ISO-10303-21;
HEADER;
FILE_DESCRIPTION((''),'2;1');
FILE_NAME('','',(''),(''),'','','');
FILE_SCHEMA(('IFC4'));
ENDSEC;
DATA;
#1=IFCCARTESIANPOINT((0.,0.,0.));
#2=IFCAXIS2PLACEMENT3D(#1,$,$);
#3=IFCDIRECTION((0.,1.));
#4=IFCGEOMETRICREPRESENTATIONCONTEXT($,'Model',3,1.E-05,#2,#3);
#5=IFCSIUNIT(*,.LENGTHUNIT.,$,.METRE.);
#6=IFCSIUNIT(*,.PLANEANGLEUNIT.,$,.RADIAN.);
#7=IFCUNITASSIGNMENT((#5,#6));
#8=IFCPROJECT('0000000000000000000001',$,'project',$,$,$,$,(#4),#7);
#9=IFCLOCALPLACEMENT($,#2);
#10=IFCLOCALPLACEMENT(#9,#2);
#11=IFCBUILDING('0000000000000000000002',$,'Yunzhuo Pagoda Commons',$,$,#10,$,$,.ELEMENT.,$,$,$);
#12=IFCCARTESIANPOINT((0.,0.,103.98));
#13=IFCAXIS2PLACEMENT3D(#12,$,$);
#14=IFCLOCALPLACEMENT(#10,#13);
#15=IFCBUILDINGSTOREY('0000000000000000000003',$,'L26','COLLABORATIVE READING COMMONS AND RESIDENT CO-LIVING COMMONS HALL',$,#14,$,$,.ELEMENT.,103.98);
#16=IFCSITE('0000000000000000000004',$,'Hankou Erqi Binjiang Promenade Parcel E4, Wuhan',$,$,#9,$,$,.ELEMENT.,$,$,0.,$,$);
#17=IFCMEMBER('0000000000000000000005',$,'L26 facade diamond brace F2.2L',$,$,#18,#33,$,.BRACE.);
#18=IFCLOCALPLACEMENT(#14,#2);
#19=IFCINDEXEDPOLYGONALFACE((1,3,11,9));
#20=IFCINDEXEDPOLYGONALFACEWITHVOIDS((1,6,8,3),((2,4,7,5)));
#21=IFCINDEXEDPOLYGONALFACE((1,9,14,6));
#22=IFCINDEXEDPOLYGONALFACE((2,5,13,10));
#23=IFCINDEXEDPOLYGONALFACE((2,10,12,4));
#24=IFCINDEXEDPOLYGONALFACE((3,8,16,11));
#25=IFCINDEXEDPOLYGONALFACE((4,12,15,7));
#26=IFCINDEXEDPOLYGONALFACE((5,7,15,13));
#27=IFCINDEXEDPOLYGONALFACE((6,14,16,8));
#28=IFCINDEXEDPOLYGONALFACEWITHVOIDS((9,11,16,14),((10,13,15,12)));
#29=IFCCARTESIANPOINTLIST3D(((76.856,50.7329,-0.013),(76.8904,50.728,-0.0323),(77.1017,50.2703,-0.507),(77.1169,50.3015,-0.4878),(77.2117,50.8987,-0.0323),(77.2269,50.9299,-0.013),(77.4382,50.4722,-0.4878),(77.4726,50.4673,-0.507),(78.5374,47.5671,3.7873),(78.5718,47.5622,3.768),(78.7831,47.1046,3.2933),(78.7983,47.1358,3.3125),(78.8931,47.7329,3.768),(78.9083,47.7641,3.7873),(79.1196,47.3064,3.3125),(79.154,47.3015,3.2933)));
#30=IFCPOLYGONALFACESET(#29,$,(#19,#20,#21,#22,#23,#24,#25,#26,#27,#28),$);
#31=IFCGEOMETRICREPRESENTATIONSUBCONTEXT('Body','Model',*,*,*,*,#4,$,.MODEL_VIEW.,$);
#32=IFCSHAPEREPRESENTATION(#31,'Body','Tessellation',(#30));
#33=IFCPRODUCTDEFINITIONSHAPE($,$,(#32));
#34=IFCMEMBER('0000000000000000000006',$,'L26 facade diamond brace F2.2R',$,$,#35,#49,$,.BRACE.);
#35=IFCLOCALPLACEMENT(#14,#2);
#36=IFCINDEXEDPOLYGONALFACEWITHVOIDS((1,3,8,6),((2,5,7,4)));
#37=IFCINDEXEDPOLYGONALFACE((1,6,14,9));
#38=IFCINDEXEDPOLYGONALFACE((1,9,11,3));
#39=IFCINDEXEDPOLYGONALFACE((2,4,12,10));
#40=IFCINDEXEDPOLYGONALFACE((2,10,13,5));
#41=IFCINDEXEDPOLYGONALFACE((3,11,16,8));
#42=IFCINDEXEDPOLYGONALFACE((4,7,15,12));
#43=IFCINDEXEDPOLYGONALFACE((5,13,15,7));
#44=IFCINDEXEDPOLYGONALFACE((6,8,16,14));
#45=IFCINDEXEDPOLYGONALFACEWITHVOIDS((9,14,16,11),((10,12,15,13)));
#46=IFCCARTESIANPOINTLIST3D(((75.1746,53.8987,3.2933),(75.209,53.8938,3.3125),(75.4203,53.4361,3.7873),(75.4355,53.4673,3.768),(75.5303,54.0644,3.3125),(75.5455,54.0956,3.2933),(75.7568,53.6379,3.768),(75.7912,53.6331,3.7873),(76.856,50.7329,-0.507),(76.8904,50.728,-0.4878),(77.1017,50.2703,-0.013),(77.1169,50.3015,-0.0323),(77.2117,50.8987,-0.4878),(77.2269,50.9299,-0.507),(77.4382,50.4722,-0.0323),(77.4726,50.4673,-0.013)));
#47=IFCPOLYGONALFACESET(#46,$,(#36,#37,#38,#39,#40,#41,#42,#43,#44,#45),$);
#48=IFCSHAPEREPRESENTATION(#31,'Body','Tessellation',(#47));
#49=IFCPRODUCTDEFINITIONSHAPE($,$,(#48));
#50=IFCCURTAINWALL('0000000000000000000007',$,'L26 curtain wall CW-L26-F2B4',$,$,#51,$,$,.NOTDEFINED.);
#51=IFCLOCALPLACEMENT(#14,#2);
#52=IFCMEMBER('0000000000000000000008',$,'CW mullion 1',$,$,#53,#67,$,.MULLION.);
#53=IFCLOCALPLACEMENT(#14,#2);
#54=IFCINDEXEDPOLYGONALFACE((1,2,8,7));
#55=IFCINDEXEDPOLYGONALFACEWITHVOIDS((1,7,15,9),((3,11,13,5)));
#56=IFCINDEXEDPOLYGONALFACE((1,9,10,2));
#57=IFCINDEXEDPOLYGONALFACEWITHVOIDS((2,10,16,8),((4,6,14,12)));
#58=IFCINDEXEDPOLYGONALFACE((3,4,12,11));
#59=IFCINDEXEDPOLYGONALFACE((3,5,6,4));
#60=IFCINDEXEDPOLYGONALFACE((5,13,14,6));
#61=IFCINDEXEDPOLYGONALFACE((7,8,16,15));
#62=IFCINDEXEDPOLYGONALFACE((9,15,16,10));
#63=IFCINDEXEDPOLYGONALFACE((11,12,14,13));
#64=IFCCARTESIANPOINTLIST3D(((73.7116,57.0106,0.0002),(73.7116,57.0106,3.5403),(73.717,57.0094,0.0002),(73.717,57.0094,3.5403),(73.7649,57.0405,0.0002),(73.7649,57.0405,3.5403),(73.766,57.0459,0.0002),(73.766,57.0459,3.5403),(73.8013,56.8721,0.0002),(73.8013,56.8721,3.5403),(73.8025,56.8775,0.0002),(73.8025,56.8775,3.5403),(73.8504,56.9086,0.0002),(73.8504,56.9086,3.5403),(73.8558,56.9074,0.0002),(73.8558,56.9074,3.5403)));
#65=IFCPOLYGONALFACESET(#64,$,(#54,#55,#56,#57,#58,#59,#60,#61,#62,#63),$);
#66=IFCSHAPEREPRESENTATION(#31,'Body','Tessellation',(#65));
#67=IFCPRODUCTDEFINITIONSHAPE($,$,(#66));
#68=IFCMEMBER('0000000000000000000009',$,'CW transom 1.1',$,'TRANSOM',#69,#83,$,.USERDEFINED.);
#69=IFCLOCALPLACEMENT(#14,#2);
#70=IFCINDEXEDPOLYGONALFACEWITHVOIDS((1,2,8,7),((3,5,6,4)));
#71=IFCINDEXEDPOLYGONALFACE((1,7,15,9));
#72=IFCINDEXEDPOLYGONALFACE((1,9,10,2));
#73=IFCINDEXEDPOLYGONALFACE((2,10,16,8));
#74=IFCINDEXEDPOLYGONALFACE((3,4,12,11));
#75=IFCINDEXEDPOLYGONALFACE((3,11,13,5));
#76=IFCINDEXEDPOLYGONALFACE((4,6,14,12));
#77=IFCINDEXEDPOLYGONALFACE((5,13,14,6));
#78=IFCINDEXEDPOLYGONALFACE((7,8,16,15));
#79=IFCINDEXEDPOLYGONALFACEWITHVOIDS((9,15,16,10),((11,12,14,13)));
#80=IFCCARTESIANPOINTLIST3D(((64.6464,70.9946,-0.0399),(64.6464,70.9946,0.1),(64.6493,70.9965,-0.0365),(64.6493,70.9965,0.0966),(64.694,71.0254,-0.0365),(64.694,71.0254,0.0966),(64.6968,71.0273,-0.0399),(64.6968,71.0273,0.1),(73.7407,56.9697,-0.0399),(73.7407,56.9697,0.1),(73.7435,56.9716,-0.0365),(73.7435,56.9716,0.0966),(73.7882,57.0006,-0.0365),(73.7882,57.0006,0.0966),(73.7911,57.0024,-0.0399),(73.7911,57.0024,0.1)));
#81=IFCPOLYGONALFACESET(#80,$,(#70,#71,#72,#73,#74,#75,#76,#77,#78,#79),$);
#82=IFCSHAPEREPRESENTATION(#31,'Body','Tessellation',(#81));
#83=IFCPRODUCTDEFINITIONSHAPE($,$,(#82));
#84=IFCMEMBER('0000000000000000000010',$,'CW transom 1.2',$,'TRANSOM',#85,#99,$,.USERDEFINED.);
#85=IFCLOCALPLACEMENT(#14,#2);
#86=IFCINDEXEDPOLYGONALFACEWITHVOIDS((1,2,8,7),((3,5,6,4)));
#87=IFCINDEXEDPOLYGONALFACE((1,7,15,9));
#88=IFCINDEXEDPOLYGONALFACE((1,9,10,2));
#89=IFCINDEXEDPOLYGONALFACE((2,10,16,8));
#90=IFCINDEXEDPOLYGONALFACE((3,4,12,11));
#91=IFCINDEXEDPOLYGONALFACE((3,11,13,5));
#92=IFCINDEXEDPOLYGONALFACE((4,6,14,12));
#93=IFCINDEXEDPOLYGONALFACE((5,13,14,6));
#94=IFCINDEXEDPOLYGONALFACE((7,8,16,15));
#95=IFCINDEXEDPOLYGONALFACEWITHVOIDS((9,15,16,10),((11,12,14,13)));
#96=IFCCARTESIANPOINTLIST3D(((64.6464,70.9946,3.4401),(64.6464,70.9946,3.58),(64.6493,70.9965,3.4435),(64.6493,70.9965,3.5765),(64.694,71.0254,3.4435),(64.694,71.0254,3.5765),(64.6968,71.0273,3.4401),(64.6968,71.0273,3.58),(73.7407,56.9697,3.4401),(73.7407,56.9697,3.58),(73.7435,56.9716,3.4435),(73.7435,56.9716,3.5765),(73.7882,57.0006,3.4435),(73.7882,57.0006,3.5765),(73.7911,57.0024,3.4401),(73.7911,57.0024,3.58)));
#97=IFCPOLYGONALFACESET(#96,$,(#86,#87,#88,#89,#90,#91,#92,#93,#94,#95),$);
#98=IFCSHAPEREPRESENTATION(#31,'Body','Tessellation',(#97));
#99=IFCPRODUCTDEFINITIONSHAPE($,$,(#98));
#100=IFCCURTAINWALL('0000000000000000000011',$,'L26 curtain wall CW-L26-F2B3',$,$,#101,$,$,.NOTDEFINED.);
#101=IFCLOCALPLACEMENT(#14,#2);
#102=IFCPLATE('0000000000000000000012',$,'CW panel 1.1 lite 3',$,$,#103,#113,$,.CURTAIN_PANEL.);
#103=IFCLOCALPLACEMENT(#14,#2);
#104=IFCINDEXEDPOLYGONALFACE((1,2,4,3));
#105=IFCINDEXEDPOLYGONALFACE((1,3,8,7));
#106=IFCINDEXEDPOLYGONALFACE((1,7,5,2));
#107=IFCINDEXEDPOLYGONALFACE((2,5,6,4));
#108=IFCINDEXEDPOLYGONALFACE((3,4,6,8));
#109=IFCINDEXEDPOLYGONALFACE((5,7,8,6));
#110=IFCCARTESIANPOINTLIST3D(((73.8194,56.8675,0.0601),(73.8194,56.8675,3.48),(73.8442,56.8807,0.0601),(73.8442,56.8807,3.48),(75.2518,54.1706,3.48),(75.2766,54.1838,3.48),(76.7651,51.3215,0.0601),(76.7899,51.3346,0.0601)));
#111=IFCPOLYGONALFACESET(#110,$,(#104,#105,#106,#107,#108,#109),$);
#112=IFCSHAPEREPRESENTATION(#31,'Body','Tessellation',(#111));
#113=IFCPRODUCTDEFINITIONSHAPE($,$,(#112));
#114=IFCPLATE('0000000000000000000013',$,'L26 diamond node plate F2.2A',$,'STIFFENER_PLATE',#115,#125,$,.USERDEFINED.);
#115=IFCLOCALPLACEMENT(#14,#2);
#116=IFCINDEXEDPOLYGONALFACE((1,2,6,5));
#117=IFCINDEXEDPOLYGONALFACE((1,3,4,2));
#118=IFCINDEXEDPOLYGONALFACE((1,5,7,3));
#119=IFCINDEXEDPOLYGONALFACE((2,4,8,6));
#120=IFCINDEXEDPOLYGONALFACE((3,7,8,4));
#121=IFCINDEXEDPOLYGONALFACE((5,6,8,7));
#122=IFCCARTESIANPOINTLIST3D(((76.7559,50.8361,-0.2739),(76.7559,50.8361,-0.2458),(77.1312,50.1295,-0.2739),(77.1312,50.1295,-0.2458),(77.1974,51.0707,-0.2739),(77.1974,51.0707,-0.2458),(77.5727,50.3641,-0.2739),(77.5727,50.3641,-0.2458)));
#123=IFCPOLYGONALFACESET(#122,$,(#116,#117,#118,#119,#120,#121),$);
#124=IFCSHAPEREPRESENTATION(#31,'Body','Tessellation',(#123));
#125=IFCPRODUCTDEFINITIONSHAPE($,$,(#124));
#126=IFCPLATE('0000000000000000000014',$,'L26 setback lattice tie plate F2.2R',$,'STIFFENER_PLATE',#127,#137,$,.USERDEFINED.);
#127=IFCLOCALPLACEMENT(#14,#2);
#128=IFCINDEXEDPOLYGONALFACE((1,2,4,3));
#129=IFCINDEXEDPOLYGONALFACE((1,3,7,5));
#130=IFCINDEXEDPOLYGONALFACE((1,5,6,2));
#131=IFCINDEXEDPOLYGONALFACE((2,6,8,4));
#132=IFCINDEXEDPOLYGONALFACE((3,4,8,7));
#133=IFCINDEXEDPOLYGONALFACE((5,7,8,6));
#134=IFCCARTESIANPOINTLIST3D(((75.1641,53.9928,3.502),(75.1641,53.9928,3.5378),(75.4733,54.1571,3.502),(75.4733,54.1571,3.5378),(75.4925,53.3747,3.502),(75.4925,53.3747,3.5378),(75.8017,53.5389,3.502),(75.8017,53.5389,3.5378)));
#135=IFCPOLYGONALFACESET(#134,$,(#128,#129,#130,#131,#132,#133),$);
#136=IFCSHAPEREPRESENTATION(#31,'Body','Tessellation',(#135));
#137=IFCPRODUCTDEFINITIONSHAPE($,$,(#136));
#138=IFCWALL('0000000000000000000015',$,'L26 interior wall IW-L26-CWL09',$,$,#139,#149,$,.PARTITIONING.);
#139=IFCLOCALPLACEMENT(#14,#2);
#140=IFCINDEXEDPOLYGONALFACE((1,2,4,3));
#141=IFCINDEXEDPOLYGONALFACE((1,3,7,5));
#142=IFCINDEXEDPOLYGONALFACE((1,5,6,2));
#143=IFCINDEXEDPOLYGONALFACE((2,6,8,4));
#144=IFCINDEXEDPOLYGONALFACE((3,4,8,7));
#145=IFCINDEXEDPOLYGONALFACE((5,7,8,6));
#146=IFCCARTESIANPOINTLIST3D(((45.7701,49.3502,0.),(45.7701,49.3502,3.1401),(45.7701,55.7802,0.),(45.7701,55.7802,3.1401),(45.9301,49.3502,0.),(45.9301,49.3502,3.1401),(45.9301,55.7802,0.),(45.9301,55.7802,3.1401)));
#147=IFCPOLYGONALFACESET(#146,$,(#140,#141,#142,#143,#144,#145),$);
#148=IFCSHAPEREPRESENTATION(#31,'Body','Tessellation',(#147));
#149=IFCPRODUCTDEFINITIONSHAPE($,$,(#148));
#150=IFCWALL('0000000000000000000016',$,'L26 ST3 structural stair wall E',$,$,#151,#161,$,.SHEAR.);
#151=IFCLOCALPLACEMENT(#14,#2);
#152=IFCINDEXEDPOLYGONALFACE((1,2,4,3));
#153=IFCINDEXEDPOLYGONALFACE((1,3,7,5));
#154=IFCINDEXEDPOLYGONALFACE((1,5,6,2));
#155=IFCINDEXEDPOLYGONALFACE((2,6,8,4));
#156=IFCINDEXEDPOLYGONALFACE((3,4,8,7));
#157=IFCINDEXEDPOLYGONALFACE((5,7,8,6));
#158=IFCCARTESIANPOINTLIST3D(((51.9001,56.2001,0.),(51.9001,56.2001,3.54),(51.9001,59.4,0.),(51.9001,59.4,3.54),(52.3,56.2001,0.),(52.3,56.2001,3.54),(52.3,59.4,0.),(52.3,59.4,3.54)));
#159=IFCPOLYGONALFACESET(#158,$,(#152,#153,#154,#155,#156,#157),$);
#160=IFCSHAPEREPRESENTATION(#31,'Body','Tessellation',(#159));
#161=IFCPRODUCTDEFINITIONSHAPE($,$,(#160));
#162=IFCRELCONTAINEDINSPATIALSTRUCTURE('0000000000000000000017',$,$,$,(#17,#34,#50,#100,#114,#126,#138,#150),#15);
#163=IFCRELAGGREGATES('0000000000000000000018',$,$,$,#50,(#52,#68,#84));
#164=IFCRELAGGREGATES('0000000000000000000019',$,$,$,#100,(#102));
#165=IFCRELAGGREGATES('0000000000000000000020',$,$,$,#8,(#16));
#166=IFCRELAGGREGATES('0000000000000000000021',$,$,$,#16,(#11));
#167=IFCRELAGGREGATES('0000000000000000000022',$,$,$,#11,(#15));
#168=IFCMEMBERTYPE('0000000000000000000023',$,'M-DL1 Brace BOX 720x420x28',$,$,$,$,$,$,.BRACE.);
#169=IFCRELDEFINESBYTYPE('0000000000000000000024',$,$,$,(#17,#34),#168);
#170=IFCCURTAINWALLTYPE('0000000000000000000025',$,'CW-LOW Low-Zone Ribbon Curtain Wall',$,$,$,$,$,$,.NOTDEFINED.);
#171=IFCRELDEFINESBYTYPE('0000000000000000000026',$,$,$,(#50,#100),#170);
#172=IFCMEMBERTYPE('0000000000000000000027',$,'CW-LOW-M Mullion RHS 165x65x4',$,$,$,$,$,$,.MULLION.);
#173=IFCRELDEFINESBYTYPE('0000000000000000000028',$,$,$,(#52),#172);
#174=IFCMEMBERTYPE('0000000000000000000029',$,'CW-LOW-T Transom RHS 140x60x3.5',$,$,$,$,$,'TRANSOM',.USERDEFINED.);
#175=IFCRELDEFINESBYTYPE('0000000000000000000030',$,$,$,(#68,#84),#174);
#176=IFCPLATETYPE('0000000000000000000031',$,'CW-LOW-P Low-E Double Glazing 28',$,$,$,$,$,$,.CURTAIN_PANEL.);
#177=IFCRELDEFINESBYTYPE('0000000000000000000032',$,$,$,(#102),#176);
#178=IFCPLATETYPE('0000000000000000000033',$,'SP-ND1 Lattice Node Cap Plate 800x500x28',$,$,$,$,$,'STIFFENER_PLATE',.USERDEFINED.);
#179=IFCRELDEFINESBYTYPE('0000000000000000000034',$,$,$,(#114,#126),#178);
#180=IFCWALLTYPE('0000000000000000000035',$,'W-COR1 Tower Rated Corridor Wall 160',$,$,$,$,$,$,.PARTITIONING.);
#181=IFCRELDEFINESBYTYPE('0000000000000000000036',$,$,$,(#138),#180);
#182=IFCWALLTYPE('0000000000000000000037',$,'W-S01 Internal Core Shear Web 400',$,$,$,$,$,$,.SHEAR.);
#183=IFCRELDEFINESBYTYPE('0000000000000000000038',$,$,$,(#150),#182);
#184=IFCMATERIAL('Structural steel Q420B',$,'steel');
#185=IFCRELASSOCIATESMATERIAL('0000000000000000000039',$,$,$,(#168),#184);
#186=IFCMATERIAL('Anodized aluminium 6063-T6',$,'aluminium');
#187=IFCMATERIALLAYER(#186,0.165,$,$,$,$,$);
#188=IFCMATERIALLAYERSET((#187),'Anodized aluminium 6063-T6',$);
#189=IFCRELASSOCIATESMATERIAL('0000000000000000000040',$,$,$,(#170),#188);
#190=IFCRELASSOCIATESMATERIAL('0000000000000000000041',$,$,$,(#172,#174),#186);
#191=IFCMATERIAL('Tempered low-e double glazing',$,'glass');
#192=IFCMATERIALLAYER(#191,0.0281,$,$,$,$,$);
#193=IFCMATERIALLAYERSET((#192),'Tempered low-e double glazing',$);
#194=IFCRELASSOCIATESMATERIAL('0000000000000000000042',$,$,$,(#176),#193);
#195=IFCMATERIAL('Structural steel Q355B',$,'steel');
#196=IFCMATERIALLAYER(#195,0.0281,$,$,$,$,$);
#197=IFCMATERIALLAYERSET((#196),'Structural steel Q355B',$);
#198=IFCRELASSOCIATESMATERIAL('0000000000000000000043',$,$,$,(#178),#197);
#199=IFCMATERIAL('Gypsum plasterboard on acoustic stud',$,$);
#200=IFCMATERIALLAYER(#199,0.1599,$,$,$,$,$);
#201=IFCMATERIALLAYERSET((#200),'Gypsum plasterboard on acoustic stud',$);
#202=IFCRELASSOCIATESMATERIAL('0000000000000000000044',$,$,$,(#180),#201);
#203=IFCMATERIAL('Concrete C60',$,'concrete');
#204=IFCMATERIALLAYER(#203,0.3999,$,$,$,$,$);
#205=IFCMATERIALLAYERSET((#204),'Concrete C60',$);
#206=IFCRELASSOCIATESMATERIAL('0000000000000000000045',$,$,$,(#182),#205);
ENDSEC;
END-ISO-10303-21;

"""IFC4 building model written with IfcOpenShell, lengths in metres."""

from ifc_helpers import new_model, si_unit, direction, frame, frame_2d, origin, origin_2d, place, context, subcontext, project, spatial, polyline, rectangle, hollow_rectangle, outline, extrude, source, transform, mapped, material, layer, layer_set, material_profile, profile_set, type_object, element, aggregate, save


model = new_model("IFC4")

# Units and contexts
model_context = context("Model", 3, precision=1e-05, world=origin(), true_north=direction((0.0, 1.0)))
body_context = subcontext(model_context, "Body", "Model", "MODEL_VIEW")
ifc_project = project(units=[si_unit("LENGTHUNIT", "METRE"), si_unit("PLANEANGLEUNIT", "RADIAN")], contexts=[model_context])

# Site, building, storey
site_placement = place(None, origin())
site = spatial("IfcSite", under=ifc_project, at=site_placement, Name="Hankou Erqi Binjiang Promenade Parcel E4, Wuhan", CompositionType="ELEMENT", RefElevation=0.0)
building_placement = place(site_placement, origin())
building = spatial("IfcBuilding", under=site, at=building_placement, Name="Yunzhuo Pagoda Commons", CompositionType="ELEMENT")
storey_placement = place(building_placement, frame((0.0, 0.0, 103.98)))
storey = spatial("IfcBuildingStorey", under=building, at=storey_placement, Name="L26", Description="COLLABORATIVE READING COMMONS AND RESIDENT CO-LIVING COMMONS HALL", CompositionType="ELEMENT", Elevation=103.98)

# Shared definitions
ifc_material_1 = material(Name="Structural steel Q420B", Category="steel")

# Shared definitions
ifc_material_2 = material(Name="Structural steel Q355B", Category="steel")

# Members
ifc_material_profile_1 = material_profile(ifc_material_1, hollow_rectangle(XDim=0.4199, YDim=0.72, WallThickness=0.0281, at=origin_2d()), Name="Structural steel Q420B")
ifc_profile_set_1 = profile_set([ifc_material_profile_1], Name="Structural steel Q420B")
member_type_1 = type_object("IfcMemberType", Name="M-DL1 Brace BOX 720x420x28", PredefinedType="BRACE", material=ifc_profile_set_1)
shared_shape_1 = source(origin(), body_context, "Body", "SweptSolid", [
    extrude(hollow_rectangle(XDim=0.4199, YDim=0.72, WallThickness=0.0281, at=origin_2d()), origin(), (0.0, 0.0, 1.0), 5.2241),
])
for number, where, z_axis, x_axis, name in (
    (1, (77.1643, 50.6001, -0.26), (0.321853, -0.605991, 0.727451), (0.883164, 0.469064, 0.0), "L26 facade diamond brace F2.2L"),
    (2, (77.1643, 50.6001, -0.26), (-0.321853, 0.605991, 0.727451), (-0.883164, -0.469064, 0.0), "L26 facade diamond brace F2.2R"),
):
    element("IfcMember", number, at=place(storey_placement, frame(where, z_axis=z_axis, x_axis=x_axis)), inside=storey, type_object=member_type_1, Name=name, PredefinedType="BRACE", context=body_context, shape_type="MappedRepresentation", body=[
        mapped(shared_shape_1, transform((0.0, 0.0, 0.0), scale=1.0)),
    ])

# Curtain wall, members
ifc_material_3 = material(Name="Anodized aluminium 6063-T6", Category="aluminium")
ifc_layer_1 = layer(ifc_material_3, 0.165)
ifc_layer_set_1 = layer_set([ifc_layer_1], Name="Anodized aluminium 6063-T6")
curtain_wall_type = type_object("IfcCurtainWallType", Name="CW-LOW Low-Zone Ribbon Curtain Wall", PredefinedType="NOTDEFINED", material=ifc_layer_set_1)
curtain_wall_1_placement = place(storey_placement, origin())
curtain_wall_1 = element("IfcCurtainWall", 3, at=curtain_wall_1_placement, inside=storey, type_object=curtain_wall_type, Name="L26 curtain wall CW-L26-F2B4", PredefinedType="NOTDEFINED")
ifc_material_profile_2 = material_profile(ifc_material_3, hollow_rectangle(XDim=0.0649, YDim=0.165, WallThickness=0.0039, at=origin_2d()), Name="Anodized aluminium 6063-T6")
ifc_profile_set_2 = profile_set([ifc_material_profile_2], Name="Anodized aluminium 6063-T6")
member_type_2 = type_object("IfcMemberType", Name="CW-LOW-M Mullion RHS 165x65x4", PredefinedType="MULLION", material=ifc_profile_set_2)
shared_shape_2 = source(origin(), body_context, "Body", "SweptSolid", [
    extrude(hollow_rectangle(XDim=0.0649, YDim=0.165, WallThickness=0.0039, at=origin_2d()), origin(), (0.0, 0.0, 1.0), 3.54),
])
member_1_placement = place(storey_placement, frame((73.7837, 56.959, 0.0002), z_axis=(0.0, 0.0, 1.0), x_axis=(-0.83904, -0.54407, 0.0)))
member_1 = element("IfcMember", 4, at=member_1_placement, type_object=member_type_2, Name="CW mullion 1", PredefinedType="MULLION", context=body_context, shape_type="MappedRepresentation", body=[
    mapped(shared_shape_2, transform((0.0, 0.0, 0.0), scale=1.0)),
])
ifc_material_profile_3 = material_profile(ifc_material_3, hollow_rectangle(XDim=0.0601, YDim=0.1399, WallThickness=0.0034, at=origin_2d()), Name="Anodized aluminium 6063-T6")
ifc_profile_set_3 = profile_set([ifc_material_profile_3], Name="Anodized aluminium 6063-T6")
member_type_3 = type_object("IfcMemberType", Name="CW-LOW-T Transom RHS 140x60x3.5", ElementType="TRANSOM", PredefinedType="USERDEFINED", material=ifc_profile_set_3)
shared_shape_3 = source(origin(), body_context, "Body", "SweptSolid", [
    extrude(hollow_rectangle(XDim=0.0601, YDim=0.1399, WallThickness=0.0034, at=origin_2d()), origin(), (0.0, 0.0, 1.0), 16.7153),
])
member_2_placement = place(storey_placement, frame((73.7659, 56.9861, 0.03), z_axis=(-0.544065, 0.839043, 0.0), x_axis=(-0.839043, -0.544065, 0.0)))
member_2 = element("IfcMember", 5, at=member_2_placement, type_object=member_type_3, Name="CW transom 1.1", ObjectType="TRANSOM", PredefinedType="USERDEFINED", context=body_context, shape_type="MappedRepresentation", body=[
    mapped(shared_shape_3, transform((0.0, 0.0, 0.0), scale=1.0)),
])
member_3_placement = place(storey_placement, frame((73.7659, 56.9861, 3.51), z_axis=(-0.544065, 0.839043, 0.0), x_axis=(-0.839043, -0.544065, 0.0)))
member_3 = element("IfcMember", 6, at=member_3_placement, type_object=member_type_3, Name="CW transom 1.2", ObjectType="TRANSOM", PredefinedType="USERDEFINED", context=body_context, shape_type="MappedRepresentation", body=[
    mapped(shared_shape_3, transform((0.0, 0.0, 0.0), scale=1.0)),
])
aggregate(curtain_wall_1, [member_1, member_2, member_3])

# Curtain wall, plate
curtain_wall_2_placement = place(storey_placement, origin())
curtain_wall_2 = element("IfcCurtainWall", 7, at=curtain_wall_2_placement, inside=storey, type_object=curtain_wall_type, Name="L26 curtain wall CW-L26-F2B3", PredefinedType="NOTDEFINED")
ifc_material_4 = material(Name="Tempered low-e double glazing", Category="glass")
ifc_layer_2 = layer(ifc_material_4, 0.0281)
ifc_layer_set_2 = layer_set([ifc_layer_2], Name="Tempered low-e double glazing")
plate_type_1 = type_object("IfcPlateType", Name="CW-LOW-P Low-E Double Glazing 28", PredefinedType="CURTAIN_PANEL", material=ifc_layer_set_2)
plate_1_placement = place(storey_placement, frame((75.2922, 54.0945, 1.77), z_axis=(0.883152, 0.469086, 0.0), x_axis=(-0.469086, 0.883152, 0.0)))
plate_1 = element("IfcPlate", 8, at=plate_1_placement, type_object=plate_type_1, Name="CW panel 1.1 lite 3", PredefinedType="CURTAIN_PANEL", context=body_context, shape_type="SweptSolid", body=[
    extrude(outline(polyline([(-3.1399, -1.71), (3.1399, -1.71), (3.1399, 1.71), (0.0862, 1.71), (-3.1399, -1.71)])), origin(), (0.0, 0.0, 1.0), 0.0281),
])
aggregate(curtain_wall_2, [plate_1])

# Plates
ifc_layer_3 = layer(ifc_material_2, 0.0281)
ifc_layer_set_3 = layer_set([ifc_layer_3], Name="Structural steel Q355B")
plate_type_2 = type_object("IfcPlateType", Name="SP-ND1 Lattice Node Cap Plate 800x500x28", ElementType="STIFFENER_PLATE", PredefinedType="USERDEFINED", material=ifc_layer_set_3)
shared_shape_4 = source(origin(), body_context, "Body", "SweptSolid", [
    extrude(rectangle(XDim=0.8, YDim=0.5, at=origin_2d()), origin(), (0.0, 0.0, 1.0), 0.0281),
])
plate_2_placement = place(storey_placement, frame((77.1643, 50.6001, -0.2739), z_axis=(0.0, 0.0, 1.0), x_axis=(-0.469086, 0.883152, 0.0)))
element("IfcPlate", 9, at=plate_2_placement, inside=storey, type_object=plate_type_2, Name="L26 diamond node plate F2.2A", ObjectType="STIFFENER_PLATE", PredefinedType="USERDEFINED", context=body_context, shape_type="MappedRepresentation", body=[
    mapped(shared_shape_4, transform((0.0, 0.0, 0.0), scale=1.0)),
])
shared_shape_5 = source(origin(), body_context, "Body", "SweptSolid", [
    extrude(rectangle(XDim=0.7, YDim=0.3501, at=origin_2d()), origin(), (0.0, 0.0, 1.0), 0.0359),
])
plate_3_placement = place(storey_placement, frame((75.4829, 53.7659, 3.502), z_axis=(0.0, 0.0, 1.0), x_axis=(-0.469086, 0.883152, 0.0)))
element("IfcPlate", 10, at=plate_3_placement, inside=storey, type_object=plate_type_2, Name="L26 setback lattice tie plate F2.2R", ObjectType="STIFFENER_PLATE", PredefinedType="USERDEFINED", context=body_context, shape_type="MappedRepresentation", body=[
    mapped(shared_shape_5, transform((0.0, 0.0, 0.0), scale=1.0)),
])

# Walls
ifc_material_5 = material(Name="Gypsum plasterboard on acoustic stud")
ifc_layer_4 = layer(ifc_material_5, 0.1599)
ifc_layer_set_4 = layer_set([ifc_layer_4], Name="Gypsum plasterboard on acoustic stud")
wall_type_1 = type_object("IfcWallType", Name="W-COR1 Tower Rated Corridor Wall 160", PredefinedType="PARTITIONING", material=ifc_layer_set_4)
wall_1_placement = place(storey_placement, frame((45.8501, 55.78, 0.0), z_axis=(0.0, 0.0, 1.0), x_axis=(0.0, -1.0, 0.0)))
element("IfcWall", 11, at=wall_1_placement, inside=storey, type_object=wall_type_1, Name="L26 interior wall IW-L26-CWL09", PredefinedType="PARTITIONING", context=body_context, shape_type="SweptSolid", body=[
    extrude(rectangle(XDim=6.4299, YDim=0.1599, at=frame_2d((3.2148, 0.0))), origin(), (0.0, 0.0, 1.0), 3.1401),
])
ifc_material_6 = material(Name="Concrete C60", Category="concrete")
ifc_layer_5 = layer(ifc_material_6, 0.3999)
ifc_layer_set_5 = layer_set([ifc_layer_5], Name="Concrete C60")
wall_type_2 = type_object("IfcWallType", Name="W-S01 Internal Core Shear Web 400", PredefinedType="SHEAR", material=ifc_layer_set_5)
wall_2_placement = place(storey_placement, frame((52.1001, 56.2, 0.0), z_axis=(0.0, 0.0, 1.0), x_axis=(0.0, 1.0, 0.0)))
element("IfcWall", 12, at=wall_2_placement, inside=storey, type_object=wall_type_2, Name="L26 ST3 structural stair wall E", PredefinedType="SHEAR", context=body_context, shape_type="SweptSolid", body=[
    extrude(rectangle(XDim=3.2, YDim=0.3999, at=frame_2d((1.6001, 0.0))), origin(), (0.0, 0.0, 1.0), 3.54),
])

save(model, "model.ifc")
